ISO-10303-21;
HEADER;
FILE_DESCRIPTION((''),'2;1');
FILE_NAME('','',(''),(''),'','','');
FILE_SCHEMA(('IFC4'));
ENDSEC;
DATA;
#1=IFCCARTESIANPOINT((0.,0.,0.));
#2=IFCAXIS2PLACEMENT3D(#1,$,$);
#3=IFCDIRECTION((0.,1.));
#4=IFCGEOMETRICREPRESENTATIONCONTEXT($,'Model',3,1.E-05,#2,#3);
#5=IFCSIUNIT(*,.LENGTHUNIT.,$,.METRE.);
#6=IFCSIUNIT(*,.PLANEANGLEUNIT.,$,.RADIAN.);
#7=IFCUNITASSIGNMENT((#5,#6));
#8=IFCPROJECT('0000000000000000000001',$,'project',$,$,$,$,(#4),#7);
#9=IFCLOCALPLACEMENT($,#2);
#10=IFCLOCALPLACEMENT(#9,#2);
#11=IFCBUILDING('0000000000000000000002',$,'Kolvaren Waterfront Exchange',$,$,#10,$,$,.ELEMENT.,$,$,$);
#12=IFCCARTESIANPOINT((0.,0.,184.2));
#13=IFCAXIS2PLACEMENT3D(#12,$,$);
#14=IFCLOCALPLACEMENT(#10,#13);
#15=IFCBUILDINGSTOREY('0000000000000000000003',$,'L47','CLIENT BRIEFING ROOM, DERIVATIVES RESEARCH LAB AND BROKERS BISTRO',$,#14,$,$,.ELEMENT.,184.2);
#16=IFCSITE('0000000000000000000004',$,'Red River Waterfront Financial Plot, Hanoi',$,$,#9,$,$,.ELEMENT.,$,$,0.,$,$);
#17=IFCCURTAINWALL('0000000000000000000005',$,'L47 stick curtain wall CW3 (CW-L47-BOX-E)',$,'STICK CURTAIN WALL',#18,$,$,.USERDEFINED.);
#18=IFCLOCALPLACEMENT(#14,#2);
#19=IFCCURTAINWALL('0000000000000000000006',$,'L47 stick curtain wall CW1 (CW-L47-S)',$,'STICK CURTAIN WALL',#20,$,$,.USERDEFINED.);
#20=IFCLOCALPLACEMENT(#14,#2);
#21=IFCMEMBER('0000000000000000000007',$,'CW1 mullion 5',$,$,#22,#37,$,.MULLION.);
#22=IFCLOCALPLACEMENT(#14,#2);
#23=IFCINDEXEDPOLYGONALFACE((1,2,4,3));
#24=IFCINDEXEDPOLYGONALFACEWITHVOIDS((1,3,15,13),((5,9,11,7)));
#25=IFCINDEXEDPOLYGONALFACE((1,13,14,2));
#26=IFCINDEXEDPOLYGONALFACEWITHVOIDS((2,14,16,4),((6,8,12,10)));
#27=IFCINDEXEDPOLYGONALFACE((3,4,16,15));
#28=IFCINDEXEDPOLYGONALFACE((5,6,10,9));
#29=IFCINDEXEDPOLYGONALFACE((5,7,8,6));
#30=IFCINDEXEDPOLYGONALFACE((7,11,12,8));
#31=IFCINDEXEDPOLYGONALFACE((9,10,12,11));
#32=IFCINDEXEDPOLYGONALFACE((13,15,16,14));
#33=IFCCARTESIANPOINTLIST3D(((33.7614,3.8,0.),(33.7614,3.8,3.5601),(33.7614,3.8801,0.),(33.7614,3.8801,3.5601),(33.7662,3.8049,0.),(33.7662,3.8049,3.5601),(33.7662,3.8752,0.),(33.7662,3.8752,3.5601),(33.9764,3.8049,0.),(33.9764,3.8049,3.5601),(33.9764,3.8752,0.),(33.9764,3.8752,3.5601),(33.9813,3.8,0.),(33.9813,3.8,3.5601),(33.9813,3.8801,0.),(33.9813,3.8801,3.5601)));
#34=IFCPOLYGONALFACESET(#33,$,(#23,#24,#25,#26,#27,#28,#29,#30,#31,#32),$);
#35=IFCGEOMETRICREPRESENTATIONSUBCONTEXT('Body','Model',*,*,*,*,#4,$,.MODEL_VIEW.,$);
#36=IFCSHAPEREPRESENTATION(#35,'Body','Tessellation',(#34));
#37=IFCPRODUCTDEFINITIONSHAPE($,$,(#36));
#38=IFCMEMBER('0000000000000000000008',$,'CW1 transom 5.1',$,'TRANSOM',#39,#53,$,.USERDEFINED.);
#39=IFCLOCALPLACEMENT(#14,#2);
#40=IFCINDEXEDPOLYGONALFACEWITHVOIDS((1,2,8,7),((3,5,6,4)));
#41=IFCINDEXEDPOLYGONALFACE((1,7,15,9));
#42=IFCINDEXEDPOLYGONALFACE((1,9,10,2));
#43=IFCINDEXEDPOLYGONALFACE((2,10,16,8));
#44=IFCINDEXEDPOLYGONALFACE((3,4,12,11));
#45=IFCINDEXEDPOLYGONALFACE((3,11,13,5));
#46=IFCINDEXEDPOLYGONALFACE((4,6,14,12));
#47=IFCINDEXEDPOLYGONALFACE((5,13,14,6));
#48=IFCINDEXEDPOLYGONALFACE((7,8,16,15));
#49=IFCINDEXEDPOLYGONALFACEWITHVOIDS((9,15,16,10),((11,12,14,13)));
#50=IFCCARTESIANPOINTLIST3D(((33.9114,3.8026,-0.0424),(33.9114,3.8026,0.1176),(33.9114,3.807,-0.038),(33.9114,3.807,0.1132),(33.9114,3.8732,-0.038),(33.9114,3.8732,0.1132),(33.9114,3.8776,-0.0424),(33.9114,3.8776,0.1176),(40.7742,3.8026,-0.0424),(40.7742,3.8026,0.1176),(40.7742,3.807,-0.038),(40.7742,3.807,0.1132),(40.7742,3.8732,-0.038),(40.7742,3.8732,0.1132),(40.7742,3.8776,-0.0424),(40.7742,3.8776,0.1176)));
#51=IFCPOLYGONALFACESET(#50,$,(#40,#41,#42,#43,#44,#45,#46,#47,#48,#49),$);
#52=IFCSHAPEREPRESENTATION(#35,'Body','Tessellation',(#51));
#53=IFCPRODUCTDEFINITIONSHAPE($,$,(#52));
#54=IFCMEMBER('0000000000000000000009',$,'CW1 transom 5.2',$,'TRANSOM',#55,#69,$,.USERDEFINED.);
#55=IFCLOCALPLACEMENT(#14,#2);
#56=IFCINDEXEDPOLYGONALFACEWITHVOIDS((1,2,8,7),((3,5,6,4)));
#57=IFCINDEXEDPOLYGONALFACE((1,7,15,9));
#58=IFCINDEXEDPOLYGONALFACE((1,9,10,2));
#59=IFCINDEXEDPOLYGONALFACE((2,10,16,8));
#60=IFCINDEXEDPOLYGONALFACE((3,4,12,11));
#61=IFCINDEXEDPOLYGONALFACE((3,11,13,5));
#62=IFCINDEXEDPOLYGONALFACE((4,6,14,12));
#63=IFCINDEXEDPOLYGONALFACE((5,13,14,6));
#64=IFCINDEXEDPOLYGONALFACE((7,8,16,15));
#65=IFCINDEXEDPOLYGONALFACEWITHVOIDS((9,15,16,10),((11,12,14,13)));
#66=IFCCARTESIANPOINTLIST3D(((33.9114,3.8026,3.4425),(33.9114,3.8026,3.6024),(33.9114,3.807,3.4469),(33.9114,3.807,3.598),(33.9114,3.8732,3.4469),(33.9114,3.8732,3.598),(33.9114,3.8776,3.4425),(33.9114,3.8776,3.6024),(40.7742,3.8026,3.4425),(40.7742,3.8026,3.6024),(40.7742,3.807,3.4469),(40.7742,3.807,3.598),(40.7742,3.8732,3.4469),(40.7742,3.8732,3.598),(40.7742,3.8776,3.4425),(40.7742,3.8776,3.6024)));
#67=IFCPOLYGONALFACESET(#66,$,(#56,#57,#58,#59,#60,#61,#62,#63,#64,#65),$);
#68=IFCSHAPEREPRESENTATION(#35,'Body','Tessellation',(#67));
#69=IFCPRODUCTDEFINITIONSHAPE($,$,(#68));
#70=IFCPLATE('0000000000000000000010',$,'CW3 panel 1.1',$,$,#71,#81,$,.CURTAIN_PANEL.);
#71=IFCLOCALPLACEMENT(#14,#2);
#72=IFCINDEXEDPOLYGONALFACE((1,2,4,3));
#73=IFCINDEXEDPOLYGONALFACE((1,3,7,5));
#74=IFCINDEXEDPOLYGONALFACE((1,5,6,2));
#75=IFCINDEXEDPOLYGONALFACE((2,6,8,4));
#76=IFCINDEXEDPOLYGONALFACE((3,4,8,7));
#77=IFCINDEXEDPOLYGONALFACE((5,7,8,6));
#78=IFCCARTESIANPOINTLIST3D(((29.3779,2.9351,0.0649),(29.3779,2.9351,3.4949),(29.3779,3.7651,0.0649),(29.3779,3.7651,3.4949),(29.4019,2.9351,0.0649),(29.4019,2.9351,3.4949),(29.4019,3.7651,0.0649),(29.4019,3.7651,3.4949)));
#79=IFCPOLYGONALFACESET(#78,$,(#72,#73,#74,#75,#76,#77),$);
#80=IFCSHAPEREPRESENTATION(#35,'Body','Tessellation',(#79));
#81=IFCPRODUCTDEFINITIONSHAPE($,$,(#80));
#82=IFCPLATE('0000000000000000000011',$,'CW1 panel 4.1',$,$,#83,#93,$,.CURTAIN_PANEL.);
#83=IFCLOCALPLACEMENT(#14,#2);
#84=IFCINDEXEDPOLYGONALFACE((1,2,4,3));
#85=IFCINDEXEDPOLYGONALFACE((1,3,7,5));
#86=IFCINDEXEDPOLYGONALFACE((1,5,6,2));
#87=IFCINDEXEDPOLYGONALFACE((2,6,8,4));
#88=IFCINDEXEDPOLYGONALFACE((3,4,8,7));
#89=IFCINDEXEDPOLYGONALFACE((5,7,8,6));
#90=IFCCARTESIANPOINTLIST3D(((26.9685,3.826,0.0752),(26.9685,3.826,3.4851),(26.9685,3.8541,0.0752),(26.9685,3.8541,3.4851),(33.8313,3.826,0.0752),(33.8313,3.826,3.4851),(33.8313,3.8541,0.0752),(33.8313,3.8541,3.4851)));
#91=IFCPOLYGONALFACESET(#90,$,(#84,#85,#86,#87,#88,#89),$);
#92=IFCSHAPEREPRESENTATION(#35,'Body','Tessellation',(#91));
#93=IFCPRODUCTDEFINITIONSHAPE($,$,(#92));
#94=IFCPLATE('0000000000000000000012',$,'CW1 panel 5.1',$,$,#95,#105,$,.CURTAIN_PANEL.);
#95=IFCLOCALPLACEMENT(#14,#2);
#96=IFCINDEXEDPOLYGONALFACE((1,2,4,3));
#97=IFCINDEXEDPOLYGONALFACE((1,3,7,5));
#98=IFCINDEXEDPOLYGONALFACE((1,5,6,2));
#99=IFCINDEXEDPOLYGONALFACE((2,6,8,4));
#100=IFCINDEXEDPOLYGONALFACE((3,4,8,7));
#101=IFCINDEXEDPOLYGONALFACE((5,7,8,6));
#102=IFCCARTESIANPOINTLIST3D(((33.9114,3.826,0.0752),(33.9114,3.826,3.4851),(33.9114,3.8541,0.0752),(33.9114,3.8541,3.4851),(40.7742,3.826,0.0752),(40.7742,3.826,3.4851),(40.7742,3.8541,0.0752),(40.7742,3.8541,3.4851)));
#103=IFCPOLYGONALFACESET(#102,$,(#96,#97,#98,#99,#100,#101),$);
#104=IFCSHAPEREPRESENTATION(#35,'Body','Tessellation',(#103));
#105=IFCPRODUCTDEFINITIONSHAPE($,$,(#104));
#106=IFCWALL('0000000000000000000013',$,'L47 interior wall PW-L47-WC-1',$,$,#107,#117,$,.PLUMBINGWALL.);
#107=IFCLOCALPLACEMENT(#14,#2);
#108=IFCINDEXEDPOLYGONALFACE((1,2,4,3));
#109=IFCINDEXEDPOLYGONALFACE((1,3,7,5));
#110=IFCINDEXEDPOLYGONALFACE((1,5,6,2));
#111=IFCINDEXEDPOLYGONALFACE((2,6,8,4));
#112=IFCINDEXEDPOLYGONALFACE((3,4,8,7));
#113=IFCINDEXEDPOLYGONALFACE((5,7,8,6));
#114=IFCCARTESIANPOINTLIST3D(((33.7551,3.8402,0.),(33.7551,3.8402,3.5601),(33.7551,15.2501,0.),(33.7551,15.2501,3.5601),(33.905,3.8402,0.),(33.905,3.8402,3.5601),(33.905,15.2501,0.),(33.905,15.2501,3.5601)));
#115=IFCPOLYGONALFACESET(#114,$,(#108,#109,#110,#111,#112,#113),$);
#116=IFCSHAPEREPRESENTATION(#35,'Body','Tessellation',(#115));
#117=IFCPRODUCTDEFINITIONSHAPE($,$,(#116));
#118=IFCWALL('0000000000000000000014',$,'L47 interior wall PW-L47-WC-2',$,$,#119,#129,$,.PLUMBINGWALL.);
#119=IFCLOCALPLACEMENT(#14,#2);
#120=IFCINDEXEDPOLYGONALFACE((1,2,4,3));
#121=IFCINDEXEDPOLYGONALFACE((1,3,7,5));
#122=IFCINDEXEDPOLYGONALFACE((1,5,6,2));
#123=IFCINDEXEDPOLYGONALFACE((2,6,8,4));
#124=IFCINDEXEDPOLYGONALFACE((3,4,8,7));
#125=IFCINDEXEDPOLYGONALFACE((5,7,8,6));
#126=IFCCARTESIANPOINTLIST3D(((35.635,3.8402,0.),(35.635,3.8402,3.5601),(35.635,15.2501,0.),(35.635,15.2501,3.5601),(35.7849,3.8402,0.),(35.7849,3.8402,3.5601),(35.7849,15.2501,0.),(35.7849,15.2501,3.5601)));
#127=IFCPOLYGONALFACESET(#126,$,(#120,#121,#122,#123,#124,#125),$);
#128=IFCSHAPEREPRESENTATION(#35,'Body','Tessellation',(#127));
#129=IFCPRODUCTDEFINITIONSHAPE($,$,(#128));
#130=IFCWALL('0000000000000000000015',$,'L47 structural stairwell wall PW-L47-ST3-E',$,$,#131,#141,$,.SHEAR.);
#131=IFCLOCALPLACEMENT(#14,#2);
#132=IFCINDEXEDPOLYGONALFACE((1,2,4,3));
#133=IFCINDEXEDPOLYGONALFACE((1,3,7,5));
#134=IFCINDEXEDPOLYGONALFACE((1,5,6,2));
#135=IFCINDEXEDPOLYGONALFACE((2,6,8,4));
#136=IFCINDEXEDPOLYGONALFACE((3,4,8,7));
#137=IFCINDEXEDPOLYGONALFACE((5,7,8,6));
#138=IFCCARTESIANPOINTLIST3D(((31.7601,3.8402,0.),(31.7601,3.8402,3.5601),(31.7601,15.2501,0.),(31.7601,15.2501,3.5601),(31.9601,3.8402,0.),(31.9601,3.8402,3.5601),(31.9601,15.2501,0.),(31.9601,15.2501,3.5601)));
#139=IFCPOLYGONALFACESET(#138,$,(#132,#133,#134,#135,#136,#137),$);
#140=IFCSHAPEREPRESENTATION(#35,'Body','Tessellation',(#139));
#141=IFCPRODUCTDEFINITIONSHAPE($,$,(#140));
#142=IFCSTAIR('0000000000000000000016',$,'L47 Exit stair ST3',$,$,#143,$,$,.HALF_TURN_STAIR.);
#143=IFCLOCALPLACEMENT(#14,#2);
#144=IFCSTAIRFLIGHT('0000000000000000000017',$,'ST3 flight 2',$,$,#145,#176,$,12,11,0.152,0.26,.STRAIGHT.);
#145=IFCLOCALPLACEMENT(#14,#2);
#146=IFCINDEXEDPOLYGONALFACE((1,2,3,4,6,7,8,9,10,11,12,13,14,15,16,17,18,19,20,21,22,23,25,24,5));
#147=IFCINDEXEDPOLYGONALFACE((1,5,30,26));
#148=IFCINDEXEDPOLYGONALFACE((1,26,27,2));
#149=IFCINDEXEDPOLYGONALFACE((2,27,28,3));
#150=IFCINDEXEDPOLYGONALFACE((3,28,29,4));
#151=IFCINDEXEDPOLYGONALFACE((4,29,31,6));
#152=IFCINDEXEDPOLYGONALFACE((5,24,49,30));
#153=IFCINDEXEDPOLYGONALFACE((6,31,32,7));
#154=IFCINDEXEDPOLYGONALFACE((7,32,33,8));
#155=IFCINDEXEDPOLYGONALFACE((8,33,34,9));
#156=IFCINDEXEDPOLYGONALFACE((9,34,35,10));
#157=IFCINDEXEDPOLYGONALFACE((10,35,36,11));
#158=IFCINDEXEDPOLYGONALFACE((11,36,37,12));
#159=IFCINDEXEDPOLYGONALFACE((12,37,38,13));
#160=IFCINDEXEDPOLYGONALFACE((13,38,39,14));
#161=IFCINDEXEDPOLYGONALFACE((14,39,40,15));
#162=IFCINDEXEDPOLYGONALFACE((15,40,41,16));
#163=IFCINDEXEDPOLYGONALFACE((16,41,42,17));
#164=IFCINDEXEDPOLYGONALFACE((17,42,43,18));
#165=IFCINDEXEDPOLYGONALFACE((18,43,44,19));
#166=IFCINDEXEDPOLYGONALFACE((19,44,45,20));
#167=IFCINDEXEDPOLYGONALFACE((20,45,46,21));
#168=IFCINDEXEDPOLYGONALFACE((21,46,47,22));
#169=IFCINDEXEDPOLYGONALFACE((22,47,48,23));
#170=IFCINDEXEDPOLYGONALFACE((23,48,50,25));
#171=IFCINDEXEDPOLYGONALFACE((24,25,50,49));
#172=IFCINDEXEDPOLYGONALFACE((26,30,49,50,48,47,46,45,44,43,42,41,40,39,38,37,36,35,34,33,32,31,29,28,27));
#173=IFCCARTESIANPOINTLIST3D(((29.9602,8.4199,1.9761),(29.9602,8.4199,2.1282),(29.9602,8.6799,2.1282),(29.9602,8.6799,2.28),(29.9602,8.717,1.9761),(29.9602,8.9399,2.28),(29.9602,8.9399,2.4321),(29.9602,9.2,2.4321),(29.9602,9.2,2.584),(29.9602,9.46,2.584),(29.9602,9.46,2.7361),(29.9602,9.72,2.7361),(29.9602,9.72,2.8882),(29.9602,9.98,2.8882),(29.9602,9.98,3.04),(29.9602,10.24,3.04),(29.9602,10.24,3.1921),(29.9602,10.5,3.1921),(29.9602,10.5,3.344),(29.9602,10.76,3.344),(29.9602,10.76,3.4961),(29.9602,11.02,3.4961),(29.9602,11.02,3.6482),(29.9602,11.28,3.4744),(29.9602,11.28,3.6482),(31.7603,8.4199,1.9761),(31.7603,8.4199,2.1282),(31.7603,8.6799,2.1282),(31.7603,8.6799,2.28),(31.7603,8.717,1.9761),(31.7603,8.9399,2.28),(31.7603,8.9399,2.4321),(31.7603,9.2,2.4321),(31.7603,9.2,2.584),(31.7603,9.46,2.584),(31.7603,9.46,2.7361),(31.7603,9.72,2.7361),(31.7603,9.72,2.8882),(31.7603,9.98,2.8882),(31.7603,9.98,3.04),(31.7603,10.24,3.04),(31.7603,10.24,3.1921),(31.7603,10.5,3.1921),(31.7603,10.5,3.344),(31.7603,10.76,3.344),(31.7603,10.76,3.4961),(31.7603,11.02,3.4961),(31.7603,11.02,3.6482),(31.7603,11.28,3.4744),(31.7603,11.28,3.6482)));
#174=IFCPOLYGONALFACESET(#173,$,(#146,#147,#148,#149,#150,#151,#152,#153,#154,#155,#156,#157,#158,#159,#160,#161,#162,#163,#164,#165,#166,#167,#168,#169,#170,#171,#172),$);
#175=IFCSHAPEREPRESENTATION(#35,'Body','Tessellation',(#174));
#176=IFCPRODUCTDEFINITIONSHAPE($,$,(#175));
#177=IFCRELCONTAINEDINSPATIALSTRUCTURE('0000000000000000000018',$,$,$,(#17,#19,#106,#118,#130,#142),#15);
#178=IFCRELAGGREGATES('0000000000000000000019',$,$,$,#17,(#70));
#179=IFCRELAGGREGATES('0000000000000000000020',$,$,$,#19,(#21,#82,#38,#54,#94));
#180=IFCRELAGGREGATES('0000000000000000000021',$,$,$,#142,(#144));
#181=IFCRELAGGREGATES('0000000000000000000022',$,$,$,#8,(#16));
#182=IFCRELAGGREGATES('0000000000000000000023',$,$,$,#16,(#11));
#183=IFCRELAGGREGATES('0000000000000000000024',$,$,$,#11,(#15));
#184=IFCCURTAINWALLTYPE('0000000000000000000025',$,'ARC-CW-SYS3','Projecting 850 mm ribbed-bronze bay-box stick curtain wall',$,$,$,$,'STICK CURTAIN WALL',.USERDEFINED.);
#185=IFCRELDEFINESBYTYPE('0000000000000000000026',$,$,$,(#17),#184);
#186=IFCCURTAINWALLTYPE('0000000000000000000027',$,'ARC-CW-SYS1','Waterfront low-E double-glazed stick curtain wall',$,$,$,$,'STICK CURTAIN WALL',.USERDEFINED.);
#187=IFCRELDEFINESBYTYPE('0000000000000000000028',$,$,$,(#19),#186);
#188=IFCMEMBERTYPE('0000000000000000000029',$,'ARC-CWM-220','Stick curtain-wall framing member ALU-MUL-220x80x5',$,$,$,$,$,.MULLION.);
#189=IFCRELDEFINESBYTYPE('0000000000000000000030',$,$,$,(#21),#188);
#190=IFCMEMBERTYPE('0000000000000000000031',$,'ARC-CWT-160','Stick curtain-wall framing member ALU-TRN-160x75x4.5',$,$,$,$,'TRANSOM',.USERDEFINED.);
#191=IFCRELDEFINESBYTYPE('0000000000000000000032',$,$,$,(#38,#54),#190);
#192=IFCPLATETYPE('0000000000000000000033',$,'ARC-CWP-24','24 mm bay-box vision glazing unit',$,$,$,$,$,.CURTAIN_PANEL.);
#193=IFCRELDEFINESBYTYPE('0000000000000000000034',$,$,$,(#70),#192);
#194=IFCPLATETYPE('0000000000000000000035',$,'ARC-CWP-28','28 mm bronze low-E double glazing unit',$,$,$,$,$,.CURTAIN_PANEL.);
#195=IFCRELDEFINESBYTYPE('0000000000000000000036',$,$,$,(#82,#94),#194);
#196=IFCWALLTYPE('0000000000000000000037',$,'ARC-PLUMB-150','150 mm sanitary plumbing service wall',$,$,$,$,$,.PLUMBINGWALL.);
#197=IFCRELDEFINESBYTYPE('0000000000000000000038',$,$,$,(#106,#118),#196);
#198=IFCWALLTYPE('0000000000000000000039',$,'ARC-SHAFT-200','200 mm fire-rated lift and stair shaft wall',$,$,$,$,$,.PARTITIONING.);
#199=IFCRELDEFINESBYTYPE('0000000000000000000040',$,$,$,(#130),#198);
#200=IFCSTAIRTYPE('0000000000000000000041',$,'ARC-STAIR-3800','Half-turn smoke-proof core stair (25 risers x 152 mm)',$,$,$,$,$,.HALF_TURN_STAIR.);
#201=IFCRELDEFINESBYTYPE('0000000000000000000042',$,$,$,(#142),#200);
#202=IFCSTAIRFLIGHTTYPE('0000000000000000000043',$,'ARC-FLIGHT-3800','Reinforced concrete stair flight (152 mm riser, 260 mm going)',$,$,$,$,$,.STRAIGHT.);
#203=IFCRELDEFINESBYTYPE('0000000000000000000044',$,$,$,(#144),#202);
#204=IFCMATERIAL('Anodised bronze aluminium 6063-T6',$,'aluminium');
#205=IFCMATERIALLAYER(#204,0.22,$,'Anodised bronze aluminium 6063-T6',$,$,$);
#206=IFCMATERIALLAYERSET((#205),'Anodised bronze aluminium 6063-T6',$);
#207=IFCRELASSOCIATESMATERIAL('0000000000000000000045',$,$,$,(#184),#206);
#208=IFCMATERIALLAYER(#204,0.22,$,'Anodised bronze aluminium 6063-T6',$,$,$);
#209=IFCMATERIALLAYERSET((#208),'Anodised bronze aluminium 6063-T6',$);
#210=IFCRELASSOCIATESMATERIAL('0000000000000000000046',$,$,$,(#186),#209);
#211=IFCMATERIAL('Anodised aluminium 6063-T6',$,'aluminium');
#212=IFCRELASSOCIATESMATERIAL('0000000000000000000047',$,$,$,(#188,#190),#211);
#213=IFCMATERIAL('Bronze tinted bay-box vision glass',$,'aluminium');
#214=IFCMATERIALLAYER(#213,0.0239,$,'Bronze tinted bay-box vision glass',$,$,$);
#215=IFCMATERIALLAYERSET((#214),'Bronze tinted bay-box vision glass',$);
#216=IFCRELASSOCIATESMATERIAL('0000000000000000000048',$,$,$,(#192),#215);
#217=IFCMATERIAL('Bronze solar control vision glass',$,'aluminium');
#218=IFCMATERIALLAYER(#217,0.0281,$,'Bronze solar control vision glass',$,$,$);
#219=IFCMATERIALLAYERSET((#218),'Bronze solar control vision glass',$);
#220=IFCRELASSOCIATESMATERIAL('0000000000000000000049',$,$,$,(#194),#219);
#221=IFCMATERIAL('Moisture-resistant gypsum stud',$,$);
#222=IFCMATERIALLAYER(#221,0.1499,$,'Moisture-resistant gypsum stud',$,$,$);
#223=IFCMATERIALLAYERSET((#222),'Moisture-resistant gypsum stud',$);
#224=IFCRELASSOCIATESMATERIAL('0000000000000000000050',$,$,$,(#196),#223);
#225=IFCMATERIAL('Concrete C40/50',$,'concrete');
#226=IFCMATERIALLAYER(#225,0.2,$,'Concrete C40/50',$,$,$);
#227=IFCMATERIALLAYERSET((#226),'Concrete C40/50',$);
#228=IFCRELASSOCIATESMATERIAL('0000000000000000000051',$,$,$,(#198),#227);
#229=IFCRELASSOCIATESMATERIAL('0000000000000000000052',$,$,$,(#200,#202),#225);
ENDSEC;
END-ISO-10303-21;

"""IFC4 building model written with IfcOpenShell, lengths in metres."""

from ifc_helpers import new_model, si_unit, direction, frame, frame_2d, origin, origin_with_axes, origin_2d, place, context, subcontext, project, spatial, polyline, rectangle, hollow_rectangle, outline, extrude, source, transform, mapped, material, layer, layer_set, material_profile, profile_set, type_object, element, aggregate, save


model = new_model("IFC4")

# Units and contexts
model_context = context("Model", 3, precision=1e-05, world=origin(), true_north=direction((0.0, 1.0)))
body_context = subcontext(model_context, "Body", "Model", "MODEL_VIEW")
ifc_project = project(units=[si_unit("LENGTHUNIT", "METRE"), si_unit("PLANEANGLEUNIT", "RADIAN")], contexts=[model_context])

# Site, building, storey
site_placement = place(None, origin())
site = spatial("IfcSite", under=ifc_project, at=site_placement, Name="Red River Waterfront Financial Plot, Hanoi", CompositionType="ELEMENT", RefElevation=0.0)
building_placement = place(site_placement, origin())
building = spatial("IfcBuilding", under=site, at=building_placement, Name="Kolvaren Waterfront Exchange", CompositionType="ELEMENT")
storey_placement = place(building_placement, frame((0.0, 0.0, 184.2)))
storey = spatial("IfcBuildingStorey", under=building, at=storey_placement, Name="L47", Description="CLIENT BRIEFING ROOM, DERIVATIVES RESEARCH LAB AND BROKERS BISTRO", CompositionType="ELEMENT", Elevation=184.2)

# Curtain wall
ifc_material_1 = material(Name="Anodised bronze aluminium 6063-T6", Category="aluminium")
ifc_layer_1 = layer(ifc_material_1, 0.22, Name="Anodised bronze aluminium 6063-T6")
ifc_layer_set_1 = layer_set([ifc_layer_1], Name="Anodised bronze aluminium 6063-T6")
curtain_wall_type_1 = type_object("IfcCurtainWallType", Name="ARC-CW-SYS3", Description="Projecting 850 mm ribbed-bronze bay-box stick curtain wall", ElementType="STICK CURTAIN WALL", PredefinedType="USERDEFINED", material=ifc_layer_set_1)
curtain_wall_1_placement = place(storey_placement, origin())
curtain_wall_1 = element("IfcCurtainWall", 1, at=curtain_wall_1_placement, inside=storey, type_object=curtain_wall_type_1, Name="L47 stick curtain wall CW3 (CW-L47-BOX-E)", ObjectType="STICK CURTAIN WALL", PredefinedType="USERDEFINED")

# Curtain wall, members
ifc_layer_2 = layer(ifc_material_1, 0.22, Name="Anodised bronze aluminium 6063-T6")
ifc_layer_set_2 = layer_set([ifc_layer_2], Name="Anodised bronze aluminium 6063-T6")
curtain_wall_type_2 = type_object("IfcCurtainWallType", Name="ARC-CW-SYS1", Description="Waterfront low-E double-glazed stick curtain wall", ElementType="STICK CURTAIN WALL", PredefinedType="USERDEFINED", material=ifc_layer_set_2)
curtain_wall_2_placement = place(storey_placement, origin())
curtain_wall_2 = element("IfcCurtainWall", 2, at=curtain_wall_2_placement, inside=storey, type_object=curtain_wall_type_2, Name="L47 stick curtain wall CW1 (CW-L47-S)", ObjectType="STICK CURTAIN WALL", PredefinedType="USERDEFINED")
ifc_material_2 = material(Name="Anodised aluminium 6063-T6", Category="aluminium")
ifc_material_profile_1 = material_profile(ifc_material_2, hollow_rectangle(XDim=0.0801, YDim=0.22, WallThickness=0.0049, at=origin_2d()), Name="ALU-MUL-220x80x5")
ifc_profile_set_1 = profile_set([ifc_material_profile_1], Name="Anodised aluminium 6063-T6")
member_type_1 = type_object("IfcMemberType", Name="ARC-CWM-220", Description="Stick curtain-wall framing member ALU-MUL-220x80x5", PredefinedType="MULLION", material=ifc_profile_set_1)
shared_shape_1 = source(origin_with_axes(), body_context, "Body", "SweptSolid", [
    extrude(hollow_rectangle(XDim=0.0801, YDim=0.22, WallThickness=0.0049, at=origin_2d()), origin(), (0.0, 0.0, 1.0), 3.5601),
])
member_1_placement = place(storey_placement, frame((33.8713, 3.8401, 0.0), z_axis=(0.0, 0.0, 1.0), x_axis=(0.0, 1.0, 0.0)))
member_1 = element("IfcMember", 3, at=member_1_placement, type_object=member_type_1, Name="CW1 mullion 5", PredefinedType="MULLION", context=body_context, shape_type="MappedRepresentation", body=[
    mapped(shared_shape_1, transform((0.0, 0.0, 0.0), x_axis=(1.0, 0.0, 0.0), y_axis=(0.0, 1.0, 0.0), z_axis=(0.0, 0.0, 1.0), scale=1.0)),
])
ifc_material_profile_2 = material_profile(ifc_material_2, hollow_rectangle(XDim=0.075, YDim=0.1599, WallThickness=0.0044, at=origin_2d()), Name="ALU-TRN-160x75x4.5")
ifc_profile_set_2 = profile_set([ifc_material_profile_2], Name="Anodised aluminium 6063-T6")
member_type_2 = type_object("IfcMemberType", Name="ARC-CWT-160", Description="Stick curtain-wall framing member ALU-TRN-160x75x4.5", ElementType="TRANSOM", PredefinedType="USERDEFINED", material=ifc_profile_set_2)
shared_shape_2 = source(origin_with_axes(), body_context, "Body", "SweptSolid", [
    extrude(hollow_rectangle(XDim=0.075, YDim=0.1599, WallThickness=0.0044, at=origin_2d()), origin(), (0.0, 0.0, 1.0), 6.8628),
])
member_2_placement = place(storey_placement, frame((33.9114, 3.8401, 0.0376), z_axis=(1.0, 0.0, 0.0), x_axis=(0.0, 1.0, 0.0)))
member_2 = element("IfcMember", 4, at=member_2_placement, type_object=member_type_2, Name="CW1 transom 5.1", ObjectType="TRANSOM", PredefinedType="USERDEFINED", context=body_context, shape_type="MappedRepresentation", body=[
    mapped(shared_shape_2, transform((0.0, 0.0, 0.0), x_axis=(1.0, 0.0, 0.0), y_axis=(0.0, 1.0, 0.0), z_axis=(0.0, 0.0, 1.0), scale=1.0)),
])
member_3_placement = place(storey_placement, frame((33.9114, 3.8401, 3.5225), z_axis=(1.0, 0.0, 0.0), x_axis=(0.0, 1.0, 0.0)))
member_3 = element("IfcMember", 5, at=member_3_placement, type_object=member_type_2, Name="CW1 transom 5.2", ObjectType="TRANSOM", PredefinedType="USERDEFINED", context=body_context, shape_type="MappedRepresentation", body=[
    mapped(shared_shape_2, transform((0.0, 0.0, 0.0), x_axis=(1.0, 0.0, 0.0), y_axis=(0.0, 1.0, 0.0), z_axis=(0.0, 0.0, 1.0), scale=1.0)),
])

# Plates
ifc_material_3 = material(Name="Bronze tinted bay-box vision glass", Category="aluminium")
ifc_layer_3 = layer(ifc_material_3, 0.0239, Name="Bronze tinted bay-box vision glass")
ifc_layer_set_3 = layer_set([ifc_layer_3], Name="Bronze tinted bay-box vision glass")
plate_type_1 = type_object("IfcPlateType", Name="ARC-CWP-24", Description="24 mm bay-box vision glazing unit", PredefinedType="CURTAIN_PANEL", material=ifc_layer_set_3)
shared_shape_3 = source(origin_with_axes(), body_context, "Body", "SweptSolid", [
    extrude(rectangle(XDim=0.8301, YDim=0.0239, at=origin_2d()), origin(), (0.0, 0.0, 1.0), 3.4299),
])
plate_1_placement = place(storey_placement, frame((29.3899, 3.3501, 0.0649), z_axis=(0.0, 0.0, 1.0), x_axis=(0.0, 1.0, 0.0)))
plate_1 = element("IfcPlate", 6, at=plate_1_placement, type_object=plate_type_1, Name="CW3 panel 1.1", PredefinedType="CURTAIN_PANEL", context=body_context, shape_type="MappedRepresentation", body=[
    mapped(shared_shape_3, transform((0.0, 0.0, 0.0), x_axis=(1.0, 0.0, 0.0), y_axis=(0.0, 1.0, 0.0), z_axis=(0.0, 0.0, 1.0), scale=1.0)),
])
aggregate(curtain_wall_1, [plate_1])
ifc_material_4 = material(Name="Bronze solar control vision glass", Category="aluminium")
ifc_layer_4 = layer(ifc_material_4, 0.0281, Name="Bronze solar control vision glass")
ifc_layer_set_4 = layer_set([ifc_layer_4], Name="Bronze solar control vision glass")
plate_type_2 = type_object("IfcPlateType", Name="ARC-CWP-28", Description="28 mm bronze low-E double glazing unit", PredefinedType="CURTAIN_PANEL", material=ifc_layer_set_4)
shared_shape_4 = source(origin_with_axes(), body_context, "Body", "SweptSolid", [
    extrude(rectangle(XDim=6.8628, YDim=0.0281, at=origin_2d()), origin(), (0.0, 0.0, 1.0), 3.4099),
])
plate_2_placement = place(storey_placement, frame((30.3999, 3.8401, 0.0752), z_axis=(0.0, 0.0, 1.0), x_axis=(1.0, 0.0, 0.0)))
plate_2 = element("IfcPlate", 7, at=plate_2_placement, type_object=plate_type_2, Name="CW1 panel 4.1", PredefinedType="CURTAIN_PANEL", context=body_context, shape_type="MappedRepresentation", body=[
    mapped(shared_shape_4, transform((0.0, 0.0, 0.0), x_axis=(1.0, 0.0, 0.0), y_axis=(0.0, 1.0, 0.0), z_axis=(0.0, 0.0, 1.0), scale=1.0)),
])
plate_3_placement = place(storey_placement, frame((37.3428, 3.8401, 0.0752), z_axis=(0.0, 0.0, 1.0), x_axis=(1.0, 0.0, 0.0)))
plate_3 = element("IfcPlate", 8, at=plate_3_placement, type_object=plate_type_2, Name="CW1 panel 5.1", PredefinedType="CURTAIN_PANEL", context=body_context, shape_type="MappedRepresentation", body=[
    mapped(shared_shape_4, transform((0.0, 0.0, 0.0), x_axis=(1.0, 0.0, 0.0), y_axis=(0.0, 1.0, 0.0), z_axis=(0.0, 0.0, 1.0), scale=1.0)),
])
aggregate(curtain_wall_2, [member_1, plate_2, member_2, member_3, plate_3])

# Walls
ifc_material_5 = material(Name="Moisture-resistant gypsum stud")
ifc_layer_5 = layer(ifc_material_5, 0.1499, Name="Moisture-resistant gypsum stud")
ifc_layer_set_5 = layer_set([ifc_layer_5], Name="Moisture-resistant gypsum stud")
wall_type_1 = type_object("IfcWallType", Name="ARC-PLUMB-150", Description="150 mm sanitary plumbing service wall", PredefinedType="PLUMBINGWALL", material=ifc_layer_set_5)
for number, where, z_axis, x_axis, name in (
    (9, (33.8301, 3.8401, 0.0), (0.0, 0.0, 1.0), (0.0, 1.0, 0.0), "L47 interior wall PW-L47-WC-1"),
    (10, (35.71, 3.8401, 0.0), (0.0, 0.0, 1.0), (0.0, 1.0, 0.0), "L47 interior wall PW-L47-WC-2"),
):
    element("IfcWall", number, at=place(storey_placement, frame(where, z_axis=z_axis, x_axis=x_axis)), inside=storey, type_object=wall_type_1, Name=name, PredefinedType="PLUMBINGWALL", context=body_context, shape_type="SweptSolid", body=[
        extrude(rectangle(XDim=11.4099, YDim=0.1499, at=frame_2d((5.7051, 0.0))), origin(), (0.0, 0.0, 1.0), 3.5601),
    ])
ifc_material_6 = material(Name="Concrete C40/50", Category="concrete")
ifc_layer_6 = layer(ifc_material_6, 0.2, Name="Concrete C40/50")
ifc_layer_set_6 = layer_set([ifc_layer_6], Name="Concrete C40/50")
wall_type_2 = type_object("IfcWallType", Name="ARC-SHAFT-200", Description="200 mm fire-rated lift and stair shaft wall", PredefinedType="PARTITIONING", material=ifc_layer_set_6)
wall_placement = place(storey_placement, frame((31.8601, 3.8401, 0.0), z_axis=(0.0, 0.0, 1.0), x_axis=(0.0, 1.0, 0.0)))
element("IfcWall", 11, at=wall_placement, inside=storey, type_object=wall_type_2, Name="L47 structural stairwell wall PW-L47-ST3-E", PredefinedType="SHEAR", context=body_context, shape_type="SweptSolid", body=[
    extrude(rectangle(XDim=11.4099, YDim=0.2, at=frame_2d((5.7051, 0.0))), origin(), (0.0, 0.0, 1.0), 3.5601),
])

# Stair, stair flight
stair_type = type_object("IfcStairType", Name="ARC-STAIR-3800", Description="Half-turn smoke-proof core stair (25 risers x 152 mm)", PredefinedType="HALF_TURN_STAIR", material=ifc_material_6)
stair_placement = place(storey_placement, origin())
stair = element("IfcStair", 12, at=stair_placement, inside=storey, type_object=stair_type, Name="L47 Exit stair ST3", PredefinedType="HALF_TURN_STAIR")
stair_flight_type = type_object("IfcStairFlightType", Name="ARC-FLIGHT-3800", Description="Reinforced concrete stair flight (152 mm riser, 260 mm going)", PredefinedType="STRAIGHT", material=ifc_material_6)
stair_flight_placement = place(storey_placement, frame((30.8601, 8.4199, 1.9761), z_axis=(0.0, 0.0, 1.0), x_axis=(0.0, 1.0, 0.0)))
stair_flight = element("IfcStairFlight", 13, at=stair_flight_placement, type_object=stair_flight_type, Name="ST3 flight 2", NumberOfRisers=12, NumberOfTreads=11, PredefinedType="STRAIGHT", RiserHeight=0.152, TreadLength=0.26, context=body_context, shape_type="SweptSolid", body=[
    extrude(outline(polyline([(0.0, 0.0), (0.0, 0.1521), (0.26, 0.1521), (0.26, 0.304), (0.52, 0.304), (0.52, 0.4561), (0.78, 0.4561), (0.78, 0.6079), (1.04, 0.6079), (1.04, 0.76), (1.3, 0.76), (1.3, 0.9121), (1.5601, 0.9121), (1.5601, 1.064), (1.8201, 1.064), (1.8201, 1.2161), (2.0801, 1.2161), (2.0801, 1.3679), (2.3401, 1.3679), (2.3401, 1.52), (2.6001, 1.52), (2.6001, 1.6721), (2.8601, 1.6721), (2.8601, 1.824), (2.8601, 1.4983), (0.2971, 0.0), (0.0, 0.0)])), frame((0.0, 0.8999, 0.0), z_axis=(0.0, -1.0, 0.0), x_axis=(1.0, 0.0, 0.0)), (0.0, 0.0, 1.0), 1.8),
])
aggregate(stair, [stair_flight])

save(model, "model.ifc")
